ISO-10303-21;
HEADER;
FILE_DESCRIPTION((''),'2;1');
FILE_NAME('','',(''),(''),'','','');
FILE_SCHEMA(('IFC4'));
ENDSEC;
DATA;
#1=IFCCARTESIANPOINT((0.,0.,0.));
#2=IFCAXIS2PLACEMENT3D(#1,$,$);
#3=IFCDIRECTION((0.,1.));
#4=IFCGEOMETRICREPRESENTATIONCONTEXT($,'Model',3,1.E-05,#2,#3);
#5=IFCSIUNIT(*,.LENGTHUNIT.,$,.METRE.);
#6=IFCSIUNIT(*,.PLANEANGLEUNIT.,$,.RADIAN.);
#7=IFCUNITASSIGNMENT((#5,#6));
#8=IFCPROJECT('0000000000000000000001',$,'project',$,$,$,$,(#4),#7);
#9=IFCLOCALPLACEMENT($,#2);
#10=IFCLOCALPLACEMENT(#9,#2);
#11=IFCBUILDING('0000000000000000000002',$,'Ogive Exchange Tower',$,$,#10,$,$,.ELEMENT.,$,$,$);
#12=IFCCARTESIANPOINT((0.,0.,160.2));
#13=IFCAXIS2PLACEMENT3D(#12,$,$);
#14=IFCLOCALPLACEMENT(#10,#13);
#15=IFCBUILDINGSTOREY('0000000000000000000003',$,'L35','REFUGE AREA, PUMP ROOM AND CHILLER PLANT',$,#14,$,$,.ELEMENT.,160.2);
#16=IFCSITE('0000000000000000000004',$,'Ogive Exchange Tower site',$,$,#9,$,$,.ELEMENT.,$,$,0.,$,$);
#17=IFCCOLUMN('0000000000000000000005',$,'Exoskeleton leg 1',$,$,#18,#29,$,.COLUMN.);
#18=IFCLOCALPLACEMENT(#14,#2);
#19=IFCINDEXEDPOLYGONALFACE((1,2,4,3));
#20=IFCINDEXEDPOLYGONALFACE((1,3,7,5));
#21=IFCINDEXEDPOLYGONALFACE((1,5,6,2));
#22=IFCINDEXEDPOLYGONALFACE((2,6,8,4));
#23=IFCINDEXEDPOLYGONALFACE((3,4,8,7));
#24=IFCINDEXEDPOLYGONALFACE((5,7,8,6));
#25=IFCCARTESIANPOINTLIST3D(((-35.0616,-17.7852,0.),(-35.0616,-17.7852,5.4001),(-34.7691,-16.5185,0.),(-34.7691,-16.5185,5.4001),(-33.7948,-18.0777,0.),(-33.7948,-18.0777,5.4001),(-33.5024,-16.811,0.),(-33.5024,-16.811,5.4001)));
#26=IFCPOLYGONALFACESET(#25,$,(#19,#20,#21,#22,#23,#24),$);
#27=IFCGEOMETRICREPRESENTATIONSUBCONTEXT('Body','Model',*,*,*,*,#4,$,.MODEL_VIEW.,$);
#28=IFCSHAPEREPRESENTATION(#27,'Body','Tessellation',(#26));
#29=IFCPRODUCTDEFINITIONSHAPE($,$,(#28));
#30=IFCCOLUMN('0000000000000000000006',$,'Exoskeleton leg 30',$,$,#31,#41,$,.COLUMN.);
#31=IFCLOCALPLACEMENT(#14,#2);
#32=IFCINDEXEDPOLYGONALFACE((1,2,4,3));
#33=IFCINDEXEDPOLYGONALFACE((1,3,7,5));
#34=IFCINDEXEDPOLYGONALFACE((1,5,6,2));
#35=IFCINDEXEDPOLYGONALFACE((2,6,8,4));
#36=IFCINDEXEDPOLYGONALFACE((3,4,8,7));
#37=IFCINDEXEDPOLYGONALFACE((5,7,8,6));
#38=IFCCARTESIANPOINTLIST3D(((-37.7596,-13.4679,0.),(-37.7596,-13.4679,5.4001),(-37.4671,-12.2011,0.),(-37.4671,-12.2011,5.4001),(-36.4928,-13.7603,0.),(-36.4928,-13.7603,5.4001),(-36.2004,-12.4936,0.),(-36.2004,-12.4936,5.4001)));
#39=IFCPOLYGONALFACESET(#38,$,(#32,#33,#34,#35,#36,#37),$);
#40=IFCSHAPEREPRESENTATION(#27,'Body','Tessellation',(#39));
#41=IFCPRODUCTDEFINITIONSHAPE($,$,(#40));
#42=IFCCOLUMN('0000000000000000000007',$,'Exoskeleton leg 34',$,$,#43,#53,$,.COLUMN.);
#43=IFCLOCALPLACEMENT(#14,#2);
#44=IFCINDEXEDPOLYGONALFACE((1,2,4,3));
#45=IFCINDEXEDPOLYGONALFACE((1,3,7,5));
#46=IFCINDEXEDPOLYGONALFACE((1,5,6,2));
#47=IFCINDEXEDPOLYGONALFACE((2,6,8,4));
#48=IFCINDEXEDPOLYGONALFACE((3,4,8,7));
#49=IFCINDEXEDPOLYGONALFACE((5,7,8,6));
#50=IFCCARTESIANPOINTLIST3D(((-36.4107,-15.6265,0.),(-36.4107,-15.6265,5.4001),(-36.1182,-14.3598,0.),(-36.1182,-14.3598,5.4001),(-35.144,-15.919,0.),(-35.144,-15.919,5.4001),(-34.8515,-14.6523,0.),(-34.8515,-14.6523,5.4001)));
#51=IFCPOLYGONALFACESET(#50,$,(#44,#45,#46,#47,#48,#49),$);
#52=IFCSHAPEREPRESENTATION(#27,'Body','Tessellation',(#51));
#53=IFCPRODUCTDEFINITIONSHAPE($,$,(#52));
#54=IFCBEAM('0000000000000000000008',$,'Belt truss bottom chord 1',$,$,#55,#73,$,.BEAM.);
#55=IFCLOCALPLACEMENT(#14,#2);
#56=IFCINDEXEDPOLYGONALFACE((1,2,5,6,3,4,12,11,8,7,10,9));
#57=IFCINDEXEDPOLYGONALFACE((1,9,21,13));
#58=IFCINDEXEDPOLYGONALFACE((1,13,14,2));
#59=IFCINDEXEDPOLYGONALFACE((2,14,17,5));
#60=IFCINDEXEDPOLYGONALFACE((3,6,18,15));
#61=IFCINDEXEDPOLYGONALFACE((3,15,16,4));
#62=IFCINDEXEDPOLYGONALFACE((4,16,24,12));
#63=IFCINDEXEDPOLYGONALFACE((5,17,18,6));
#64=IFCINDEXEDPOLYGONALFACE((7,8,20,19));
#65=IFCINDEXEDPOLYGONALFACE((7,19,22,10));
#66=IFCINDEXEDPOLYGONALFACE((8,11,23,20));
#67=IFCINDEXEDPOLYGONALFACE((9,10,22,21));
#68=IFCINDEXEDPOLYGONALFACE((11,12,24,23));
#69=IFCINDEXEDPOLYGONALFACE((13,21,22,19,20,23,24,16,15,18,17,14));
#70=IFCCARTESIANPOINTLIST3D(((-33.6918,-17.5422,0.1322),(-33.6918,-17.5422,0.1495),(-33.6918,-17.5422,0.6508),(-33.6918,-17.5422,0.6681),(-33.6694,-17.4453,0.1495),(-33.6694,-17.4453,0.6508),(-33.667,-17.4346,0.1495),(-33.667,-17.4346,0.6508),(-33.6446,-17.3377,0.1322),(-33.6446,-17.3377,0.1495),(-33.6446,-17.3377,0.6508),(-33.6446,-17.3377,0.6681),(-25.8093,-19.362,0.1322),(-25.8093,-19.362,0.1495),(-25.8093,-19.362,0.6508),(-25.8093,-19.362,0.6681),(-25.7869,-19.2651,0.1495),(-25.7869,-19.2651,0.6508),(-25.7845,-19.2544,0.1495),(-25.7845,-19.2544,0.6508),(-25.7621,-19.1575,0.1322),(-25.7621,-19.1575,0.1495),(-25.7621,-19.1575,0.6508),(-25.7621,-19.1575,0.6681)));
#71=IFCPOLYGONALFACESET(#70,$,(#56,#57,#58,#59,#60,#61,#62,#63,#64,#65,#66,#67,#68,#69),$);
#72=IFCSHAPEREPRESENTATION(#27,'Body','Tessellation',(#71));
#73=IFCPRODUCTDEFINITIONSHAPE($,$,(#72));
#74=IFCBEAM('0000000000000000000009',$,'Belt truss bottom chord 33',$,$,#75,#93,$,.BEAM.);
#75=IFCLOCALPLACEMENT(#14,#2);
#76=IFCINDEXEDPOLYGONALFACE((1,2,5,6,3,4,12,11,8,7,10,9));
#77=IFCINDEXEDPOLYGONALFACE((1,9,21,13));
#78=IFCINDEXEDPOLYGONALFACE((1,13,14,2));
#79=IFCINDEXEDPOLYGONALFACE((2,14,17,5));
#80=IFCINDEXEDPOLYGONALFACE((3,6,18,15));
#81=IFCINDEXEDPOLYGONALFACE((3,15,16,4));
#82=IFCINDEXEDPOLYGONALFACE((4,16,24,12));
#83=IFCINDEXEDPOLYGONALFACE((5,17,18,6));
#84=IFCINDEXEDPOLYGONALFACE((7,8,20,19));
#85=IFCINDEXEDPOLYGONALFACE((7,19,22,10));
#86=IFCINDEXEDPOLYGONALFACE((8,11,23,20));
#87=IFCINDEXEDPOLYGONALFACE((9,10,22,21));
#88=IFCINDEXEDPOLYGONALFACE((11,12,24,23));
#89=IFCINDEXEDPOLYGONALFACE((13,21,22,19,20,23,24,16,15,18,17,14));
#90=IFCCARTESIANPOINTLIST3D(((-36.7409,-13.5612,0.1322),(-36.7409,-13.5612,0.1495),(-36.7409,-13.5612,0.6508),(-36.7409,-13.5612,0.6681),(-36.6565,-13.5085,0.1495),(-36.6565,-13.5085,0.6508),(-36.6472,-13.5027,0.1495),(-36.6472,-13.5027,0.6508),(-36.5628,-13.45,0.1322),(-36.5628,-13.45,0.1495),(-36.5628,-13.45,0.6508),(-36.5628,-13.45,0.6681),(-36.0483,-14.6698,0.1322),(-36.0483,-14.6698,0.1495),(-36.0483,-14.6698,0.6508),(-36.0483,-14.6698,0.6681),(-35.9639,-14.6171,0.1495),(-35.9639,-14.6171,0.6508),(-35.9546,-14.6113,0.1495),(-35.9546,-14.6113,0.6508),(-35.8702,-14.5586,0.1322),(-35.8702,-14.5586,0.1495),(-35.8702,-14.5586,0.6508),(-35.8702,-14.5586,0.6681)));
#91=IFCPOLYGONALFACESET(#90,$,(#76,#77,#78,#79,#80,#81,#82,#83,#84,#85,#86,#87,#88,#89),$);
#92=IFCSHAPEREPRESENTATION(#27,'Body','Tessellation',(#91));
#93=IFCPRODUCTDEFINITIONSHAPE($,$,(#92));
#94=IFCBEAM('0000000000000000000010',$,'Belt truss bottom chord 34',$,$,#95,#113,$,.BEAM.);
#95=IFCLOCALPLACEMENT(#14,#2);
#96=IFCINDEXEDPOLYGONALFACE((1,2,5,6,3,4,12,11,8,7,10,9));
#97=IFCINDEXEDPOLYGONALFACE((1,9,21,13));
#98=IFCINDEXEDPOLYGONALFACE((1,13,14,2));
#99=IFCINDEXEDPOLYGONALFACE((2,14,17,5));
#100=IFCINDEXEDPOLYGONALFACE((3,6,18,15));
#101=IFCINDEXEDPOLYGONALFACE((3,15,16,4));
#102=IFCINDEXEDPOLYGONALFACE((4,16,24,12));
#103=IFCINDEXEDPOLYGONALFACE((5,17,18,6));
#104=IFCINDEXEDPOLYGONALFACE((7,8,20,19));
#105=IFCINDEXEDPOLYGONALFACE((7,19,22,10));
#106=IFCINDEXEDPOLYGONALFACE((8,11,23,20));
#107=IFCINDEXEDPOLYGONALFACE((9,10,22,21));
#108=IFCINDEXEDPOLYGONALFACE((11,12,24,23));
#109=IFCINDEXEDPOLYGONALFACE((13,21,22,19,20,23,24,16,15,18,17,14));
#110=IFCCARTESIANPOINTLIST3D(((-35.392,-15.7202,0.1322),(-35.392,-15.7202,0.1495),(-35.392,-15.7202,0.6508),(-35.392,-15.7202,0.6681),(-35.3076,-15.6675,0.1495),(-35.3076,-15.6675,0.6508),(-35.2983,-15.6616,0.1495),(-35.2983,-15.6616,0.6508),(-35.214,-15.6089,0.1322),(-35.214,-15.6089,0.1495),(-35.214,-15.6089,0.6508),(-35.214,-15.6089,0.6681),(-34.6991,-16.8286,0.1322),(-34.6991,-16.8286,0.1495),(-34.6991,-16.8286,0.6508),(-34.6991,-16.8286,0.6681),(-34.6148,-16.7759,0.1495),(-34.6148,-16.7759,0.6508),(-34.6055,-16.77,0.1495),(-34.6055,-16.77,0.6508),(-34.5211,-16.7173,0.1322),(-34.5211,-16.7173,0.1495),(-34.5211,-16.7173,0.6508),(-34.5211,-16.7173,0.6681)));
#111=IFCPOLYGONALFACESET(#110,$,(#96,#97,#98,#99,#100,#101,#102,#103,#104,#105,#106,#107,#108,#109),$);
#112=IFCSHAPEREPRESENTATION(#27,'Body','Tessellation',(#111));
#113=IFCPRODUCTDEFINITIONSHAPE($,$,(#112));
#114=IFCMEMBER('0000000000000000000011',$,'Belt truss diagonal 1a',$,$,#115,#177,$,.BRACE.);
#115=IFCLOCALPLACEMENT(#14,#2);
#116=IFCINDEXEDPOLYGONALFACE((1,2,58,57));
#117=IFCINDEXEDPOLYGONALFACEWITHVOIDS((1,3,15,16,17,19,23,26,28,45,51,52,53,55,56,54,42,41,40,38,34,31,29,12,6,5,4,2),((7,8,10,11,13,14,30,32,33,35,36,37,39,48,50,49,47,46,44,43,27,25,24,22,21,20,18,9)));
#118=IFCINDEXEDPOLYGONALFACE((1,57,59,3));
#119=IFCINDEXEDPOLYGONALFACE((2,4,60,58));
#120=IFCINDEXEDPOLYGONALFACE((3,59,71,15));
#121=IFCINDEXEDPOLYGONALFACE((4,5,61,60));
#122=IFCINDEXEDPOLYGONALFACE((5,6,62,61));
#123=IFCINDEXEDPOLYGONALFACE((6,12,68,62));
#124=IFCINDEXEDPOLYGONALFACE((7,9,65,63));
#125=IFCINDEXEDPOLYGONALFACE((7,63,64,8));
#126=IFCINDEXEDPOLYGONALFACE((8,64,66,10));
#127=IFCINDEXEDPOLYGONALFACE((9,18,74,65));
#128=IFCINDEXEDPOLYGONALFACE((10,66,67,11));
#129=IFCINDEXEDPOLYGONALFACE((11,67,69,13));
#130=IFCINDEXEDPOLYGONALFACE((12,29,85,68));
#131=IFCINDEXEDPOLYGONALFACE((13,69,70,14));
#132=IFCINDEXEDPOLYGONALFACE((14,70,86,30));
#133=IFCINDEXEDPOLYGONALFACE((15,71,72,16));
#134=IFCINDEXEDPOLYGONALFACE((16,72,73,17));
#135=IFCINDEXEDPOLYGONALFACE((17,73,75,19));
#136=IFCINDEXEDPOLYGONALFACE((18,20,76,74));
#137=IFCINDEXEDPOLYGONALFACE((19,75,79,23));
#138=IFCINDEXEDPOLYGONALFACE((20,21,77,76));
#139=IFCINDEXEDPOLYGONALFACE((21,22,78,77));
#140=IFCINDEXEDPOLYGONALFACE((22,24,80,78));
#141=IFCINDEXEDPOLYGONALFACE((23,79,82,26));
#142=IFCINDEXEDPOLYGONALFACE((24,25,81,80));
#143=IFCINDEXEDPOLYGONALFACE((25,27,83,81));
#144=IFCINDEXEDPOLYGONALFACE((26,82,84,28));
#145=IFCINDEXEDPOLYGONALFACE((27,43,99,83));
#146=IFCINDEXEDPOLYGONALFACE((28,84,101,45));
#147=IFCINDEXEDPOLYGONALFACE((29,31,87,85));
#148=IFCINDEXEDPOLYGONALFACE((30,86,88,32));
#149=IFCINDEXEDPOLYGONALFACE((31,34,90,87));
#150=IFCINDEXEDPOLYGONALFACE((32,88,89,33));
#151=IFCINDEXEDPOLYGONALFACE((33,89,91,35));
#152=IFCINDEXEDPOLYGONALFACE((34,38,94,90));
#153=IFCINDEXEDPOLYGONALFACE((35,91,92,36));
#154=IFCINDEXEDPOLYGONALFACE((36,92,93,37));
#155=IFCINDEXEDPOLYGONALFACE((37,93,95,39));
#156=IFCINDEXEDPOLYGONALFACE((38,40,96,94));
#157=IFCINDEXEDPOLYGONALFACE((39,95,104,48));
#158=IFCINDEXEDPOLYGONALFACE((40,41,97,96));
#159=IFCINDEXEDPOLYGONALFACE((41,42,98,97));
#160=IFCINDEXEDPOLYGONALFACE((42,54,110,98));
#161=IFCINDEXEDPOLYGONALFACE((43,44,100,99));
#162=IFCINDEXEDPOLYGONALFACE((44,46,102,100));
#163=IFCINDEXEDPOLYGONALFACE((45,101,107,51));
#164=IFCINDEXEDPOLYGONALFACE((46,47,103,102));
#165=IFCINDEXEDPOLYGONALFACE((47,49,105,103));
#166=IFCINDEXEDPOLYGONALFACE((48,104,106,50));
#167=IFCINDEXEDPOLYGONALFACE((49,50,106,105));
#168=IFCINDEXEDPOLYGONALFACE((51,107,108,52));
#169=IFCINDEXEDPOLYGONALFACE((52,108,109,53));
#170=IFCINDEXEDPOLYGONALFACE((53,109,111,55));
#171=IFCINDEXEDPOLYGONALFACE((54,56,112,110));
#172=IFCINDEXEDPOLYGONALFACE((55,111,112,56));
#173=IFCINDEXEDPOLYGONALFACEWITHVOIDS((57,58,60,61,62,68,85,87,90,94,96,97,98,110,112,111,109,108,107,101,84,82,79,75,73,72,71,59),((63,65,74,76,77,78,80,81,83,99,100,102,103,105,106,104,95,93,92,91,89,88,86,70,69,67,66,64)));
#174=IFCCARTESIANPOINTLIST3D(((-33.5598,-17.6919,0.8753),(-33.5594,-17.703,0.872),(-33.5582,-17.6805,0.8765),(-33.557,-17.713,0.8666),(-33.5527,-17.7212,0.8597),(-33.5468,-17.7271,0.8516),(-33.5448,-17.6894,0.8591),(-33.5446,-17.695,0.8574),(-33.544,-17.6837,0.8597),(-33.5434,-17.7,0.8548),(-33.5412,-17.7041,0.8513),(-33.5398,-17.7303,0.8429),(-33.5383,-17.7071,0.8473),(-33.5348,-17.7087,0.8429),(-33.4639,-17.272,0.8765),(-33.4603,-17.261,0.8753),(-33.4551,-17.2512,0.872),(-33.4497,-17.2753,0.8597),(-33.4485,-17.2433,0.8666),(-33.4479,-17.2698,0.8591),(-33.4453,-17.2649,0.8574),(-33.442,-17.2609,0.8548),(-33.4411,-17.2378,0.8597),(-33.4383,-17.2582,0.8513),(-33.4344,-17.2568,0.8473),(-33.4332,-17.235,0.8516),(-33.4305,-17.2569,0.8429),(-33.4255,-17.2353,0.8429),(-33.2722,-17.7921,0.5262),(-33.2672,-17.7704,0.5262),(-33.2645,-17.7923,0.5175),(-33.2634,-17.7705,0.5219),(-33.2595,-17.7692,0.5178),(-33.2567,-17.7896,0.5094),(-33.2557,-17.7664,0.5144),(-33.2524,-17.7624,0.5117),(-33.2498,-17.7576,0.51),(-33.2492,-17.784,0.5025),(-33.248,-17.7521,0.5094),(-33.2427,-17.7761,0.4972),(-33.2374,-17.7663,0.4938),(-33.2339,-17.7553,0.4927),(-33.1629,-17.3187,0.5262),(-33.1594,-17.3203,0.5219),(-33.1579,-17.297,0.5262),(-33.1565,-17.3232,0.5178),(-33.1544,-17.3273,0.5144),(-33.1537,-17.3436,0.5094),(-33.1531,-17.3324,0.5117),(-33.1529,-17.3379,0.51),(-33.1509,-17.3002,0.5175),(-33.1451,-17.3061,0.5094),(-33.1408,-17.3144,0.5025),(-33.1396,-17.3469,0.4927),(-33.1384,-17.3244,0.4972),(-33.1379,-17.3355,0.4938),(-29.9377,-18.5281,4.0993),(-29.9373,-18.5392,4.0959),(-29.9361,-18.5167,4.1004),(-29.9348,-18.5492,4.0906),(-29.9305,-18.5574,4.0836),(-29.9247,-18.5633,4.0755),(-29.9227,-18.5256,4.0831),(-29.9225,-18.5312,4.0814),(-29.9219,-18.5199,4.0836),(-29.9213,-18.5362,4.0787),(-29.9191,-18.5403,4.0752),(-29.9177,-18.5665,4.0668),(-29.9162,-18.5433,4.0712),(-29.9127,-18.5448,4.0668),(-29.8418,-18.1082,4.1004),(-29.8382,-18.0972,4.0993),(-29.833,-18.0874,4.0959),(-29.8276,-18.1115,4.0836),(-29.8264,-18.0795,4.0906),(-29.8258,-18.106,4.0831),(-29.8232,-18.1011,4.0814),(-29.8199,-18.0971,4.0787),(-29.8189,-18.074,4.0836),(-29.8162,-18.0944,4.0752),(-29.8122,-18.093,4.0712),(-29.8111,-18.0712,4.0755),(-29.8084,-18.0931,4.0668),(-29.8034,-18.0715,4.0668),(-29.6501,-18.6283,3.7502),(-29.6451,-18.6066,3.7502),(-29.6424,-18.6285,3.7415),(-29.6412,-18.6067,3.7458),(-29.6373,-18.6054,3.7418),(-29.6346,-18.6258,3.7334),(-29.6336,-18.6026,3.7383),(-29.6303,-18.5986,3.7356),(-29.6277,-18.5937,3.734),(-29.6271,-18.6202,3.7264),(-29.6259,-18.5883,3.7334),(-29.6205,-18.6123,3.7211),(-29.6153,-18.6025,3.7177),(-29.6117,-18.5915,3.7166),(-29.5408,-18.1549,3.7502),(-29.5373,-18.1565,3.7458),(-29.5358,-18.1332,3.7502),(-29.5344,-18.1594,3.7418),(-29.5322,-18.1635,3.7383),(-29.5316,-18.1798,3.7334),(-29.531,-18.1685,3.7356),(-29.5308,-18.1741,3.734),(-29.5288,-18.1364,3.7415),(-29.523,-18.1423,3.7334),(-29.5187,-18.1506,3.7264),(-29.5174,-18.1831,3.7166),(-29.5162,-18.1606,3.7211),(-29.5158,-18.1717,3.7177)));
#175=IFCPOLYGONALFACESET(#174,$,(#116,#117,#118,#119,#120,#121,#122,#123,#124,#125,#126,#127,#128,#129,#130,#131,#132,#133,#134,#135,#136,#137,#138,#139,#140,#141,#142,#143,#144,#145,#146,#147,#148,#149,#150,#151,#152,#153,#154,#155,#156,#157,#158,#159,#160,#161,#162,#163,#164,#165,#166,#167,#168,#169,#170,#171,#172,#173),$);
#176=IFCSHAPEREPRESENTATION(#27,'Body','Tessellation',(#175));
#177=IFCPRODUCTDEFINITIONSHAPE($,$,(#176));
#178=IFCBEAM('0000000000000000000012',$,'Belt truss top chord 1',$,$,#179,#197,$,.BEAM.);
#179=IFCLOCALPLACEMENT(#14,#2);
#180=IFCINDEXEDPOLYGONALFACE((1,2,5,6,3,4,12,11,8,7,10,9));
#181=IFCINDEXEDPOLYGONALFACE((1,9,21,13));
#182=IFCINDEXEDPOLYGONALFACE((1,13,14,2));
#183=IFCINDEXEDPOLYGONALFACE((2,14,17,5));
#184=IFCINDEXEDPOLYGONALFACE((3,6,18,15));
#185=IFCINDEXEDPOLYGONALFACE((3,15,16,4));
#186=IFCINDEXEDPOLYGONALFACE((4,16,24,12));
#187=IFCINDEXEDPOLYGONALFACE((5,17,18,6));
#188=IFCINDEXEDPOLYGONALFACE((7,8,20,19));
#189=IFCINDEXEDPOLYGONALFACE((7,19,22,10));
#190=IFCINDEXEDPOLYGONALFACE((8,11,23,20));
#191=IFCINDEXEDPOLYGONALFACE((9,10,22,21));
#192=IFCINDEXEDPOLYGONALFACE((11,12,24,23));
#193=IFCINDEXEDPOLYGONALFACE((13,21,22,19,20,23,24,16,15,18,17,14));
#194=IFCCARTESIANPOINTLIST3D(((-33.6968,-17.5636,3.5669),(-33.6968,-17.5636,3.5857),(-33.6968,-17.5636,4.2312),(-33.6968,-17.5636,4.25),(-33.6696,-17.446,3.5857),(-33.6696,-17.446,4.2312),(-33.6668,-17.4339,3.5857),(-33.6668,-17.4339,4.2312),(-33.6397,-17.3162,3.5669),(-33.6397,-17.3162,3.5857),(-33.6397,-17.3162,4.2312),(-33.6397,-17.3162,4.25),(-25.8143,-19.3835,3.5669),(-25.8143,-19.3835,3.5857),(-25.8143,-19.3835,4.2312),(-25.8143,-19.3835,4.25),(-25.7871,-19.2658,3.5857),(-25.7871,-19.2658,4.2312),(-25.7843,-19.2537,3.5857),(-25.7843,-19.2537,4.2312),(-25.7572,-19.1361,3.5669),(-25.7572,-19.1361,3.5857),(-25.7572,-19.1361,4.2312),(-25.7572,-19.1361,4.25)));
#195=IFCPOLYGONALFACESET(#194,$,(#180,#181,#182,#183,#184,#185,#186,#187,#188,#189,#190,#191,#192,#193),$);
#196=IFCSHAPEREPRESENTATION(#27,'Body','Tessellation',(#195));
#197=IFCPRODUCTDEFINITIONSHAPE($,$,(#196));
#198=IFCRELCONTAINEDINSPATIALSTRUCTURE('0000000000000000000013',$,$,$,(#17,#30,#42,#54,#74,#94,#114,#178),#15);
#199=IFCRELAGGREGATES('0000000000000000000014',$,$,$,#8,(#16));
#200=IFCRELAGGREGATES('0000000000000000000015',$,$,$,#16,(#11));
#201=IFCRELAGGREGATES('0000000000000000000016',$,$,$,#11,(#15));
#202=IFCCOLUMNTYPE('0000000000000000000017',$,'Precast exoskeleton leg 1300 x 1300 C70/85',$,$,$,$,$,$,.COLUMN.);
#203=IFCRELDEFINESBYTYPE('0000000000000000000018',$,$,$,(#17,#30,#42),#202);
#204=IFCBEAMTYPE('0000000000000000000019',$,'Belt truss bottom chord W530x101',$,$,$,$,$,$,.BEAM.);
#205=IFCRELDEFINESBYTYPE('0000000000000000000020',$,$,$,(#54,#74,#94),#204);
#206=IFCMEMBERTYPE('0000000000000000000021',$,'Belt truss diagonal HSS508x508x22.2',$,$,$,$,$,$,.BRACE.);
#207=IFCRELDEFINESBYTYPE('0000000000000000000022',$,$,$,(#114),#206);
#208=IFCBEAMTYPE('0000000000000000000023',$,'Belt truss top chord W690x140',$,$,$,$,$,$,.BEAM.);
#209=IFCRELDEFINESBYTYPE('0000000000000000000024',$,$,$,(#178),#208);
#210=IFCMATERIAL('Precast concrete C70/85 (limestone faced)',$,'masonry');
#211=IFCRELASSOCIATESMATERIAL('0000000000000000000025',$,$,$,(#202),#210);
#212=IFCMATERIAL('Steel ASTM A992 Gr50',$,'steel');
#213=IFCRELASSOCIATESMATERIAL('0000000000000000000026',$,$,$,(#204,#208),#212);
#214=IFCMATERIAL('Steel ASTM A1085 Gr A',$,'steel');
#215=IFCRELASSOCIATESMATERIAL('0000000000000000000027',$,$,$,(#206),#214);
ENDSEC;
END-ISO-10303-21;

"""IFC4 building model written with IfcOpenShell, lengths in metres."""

from ifc_helpers import new_model, si_unit, direction, frame, origin, origin_2d, place, context, subcontext, project, spatial, rectangle, hollow_rectangle, i_section, extrude, material, material_profile, profile_set, type_object, element, save


model = new_model("IFC4")

# Units and contexts
model_context = context("Model", 3, precision=1e-05, world=origin(), true_north=direction((0.0, 1.0)))
body_context = subcontext(model_context, "Body", "Model", "MODEL_VIEW")
ifc_project = project(units=[si_unit("LENGTHUNIT", "METRE"), si_unit("PLANEANGLEUNIT", "RADIAN")], contexts=[model_context])

# Site, building, storey
site_placement = place(None, origin())
site = spatial("IfcSite", under=ifc_project, at=site_placement, Name="Ogive Exchange Tower site", CompositionType="ELEMENT", RefElevation=0.0)
building_placement = place(site_placement, origin())
building = spatial("IfcBuilding", under=site, at=building_placement, Name="Ogive Exchange Tower", CompositionType="ELEMENT")
storey_placement = place(building_placement, frame((0.0, 0.0, 160.2)))
storey = spatial("IfcBuildingStorey", under=building, at=storey_placement, Name="L35", Description="REFUGE AREA, PUMP ROOM AND CHILLER PLANT", CompositionType="ELEMENT", Elevation=160.2)

# Columns
ifc_material_1 = material(Name="Precast concrete C70/85 (limestone faced)", Category="masonry")
ifc_material_profile_1 = material_profile(ifc_material_1, rectangle(XDim=1.3, YDim=1.3, at=origin_2d()), Name="1300 x 1300")
ifc_profile_set_1 = profile_set([ifc_material_profile_1], Name="Precast concrete C70/85 (limestone faced)")
column_type = type_object("IfcColumnType", Name="Precast exoskeleton leg 1300 x 1300 C70/85", PredefinedType="COLUMN", material=ifc_profile_set_1)
for number, where, z_axis, x_axis, name in (
    (1, (-34.282, -17.2981, 0.0), (0.0, 0.0, 1.0), (0.97437, -0.224951, 0.0), "Exoskeleton leg 1"),
    (2, (-36.98, -12.9807, 0.0), (0.0, 0.0, 1.0), (0.97437, -0.224951, 0.0), "Exoskeleton leg 30"),
    (3, (-35.6311, -15.1394, 0.0), (0.0, 0.0, 1.0), (0.97437, -0.224951, 0.0), "Exoskeleton leg 34"),
):
    element("IfcColumn", number, at=place(storey_placement, frame(where, z_axis=z_axis, x_axis=x_axis)), inside=storey, type_object=column_type, Name=name, PredefinedType="COLUMN", context=body_context, shape_type="SweptSolid", body=[
        extrude(rectangle(XDim=1.3, YDim=1.3, at=origin_2d()), origin(), (0.0, 0.0, 1.0), 5.4001),
    ])

# Beams
ifc_material_2 = material(Name="Steel ASTM A992 Gr50", Category="steel")
ifc_material_profile_2 = material_profile(ifc_material_2, i_section(OverallWidth=0.21, OverallDepth=0.5359, WebThickness=0.011, FlangeThickness=0.0173, at=origin_2d()), Name="W530x101")
ifc_profile_set_2 = profile_set([ifc_material_profile_2], Name="Steel ASTM A992 Gr50")
beam_type_1 = type_object("IfcBeamType", Name="Belt truss bottom chord W530x101", PredefinedType="BEAM", material=ifc_profile_set_2)
beam_1_placement = place(storey_placement, frame((-33.6682, -17.4399, 0.4001), z_axis=(0.97437, -0.22495, 0.0), x_axis=(0.22495, 0.97437, 0.0)))
element("IfcBeam", 4, at=beam_1_placement, inside=storey, type_object=beam_type_1, Name="Belt truss bottom chord 1", PredefinedType="BEAM", context=body_context, shape_type="SweptSolid", body=[
    extrude(i_section(OverallWidth=0.21, OverallDepth=0.5359, WebThickness=0.011, FlangeThickness=0.0173, at=origin_2d()), origin(), (0.0, 0.0, 1.0), 8.0898),
])
for number, where, z_axis, x_axis, name in (
    (5, (-36.6519, -13.5056, 0.4001), (0.529848, -0.848093, 0.0), (0.848093, 0.529848, 0.0), "Belt truss bottom chord 33"),
    (6, (-35.303, -15.6646, 0.4001), (0.530066, -0.847956, 0.0), (0.847956, 0.530066, 0.0), "Belt truss bottom chord 34"),
):
    element("IfcBeam", number, at=place(storey_placement, frame(where, z_axis=z_axis, x_axis=x_axis)), inside=storey, type_object=beam_type_1, Name=name, PredefinedType="BEAM", context=body_context, shape_type="SweptSolid", body=[
        extrude(i_section(OverallWidth=0.21, OverallDepth=0.5359, WebThickness=0.011, FlangeThickness=0.0173, at=origin_2d()), origin(), (0.0, 0.0, 1.0), 1.3071),
    ])

# Member
ifc_material_3 = material(Name="Steel ASTM A1085 Gr A", Category="steel")
ifc_material_profile_3 = material_profile(ifc_material_3, hollow_rectangle(XDim=0.5081, YDim=0.5081, WallThickness=0.0222, InnerFilletRadius=0.0222, OuterFilletRadius=0.0444, at=origin_2d()), Name="HSS508x508x22.2")
ifc_profile_set_3 = profile_set([ifc_material_profile_3], Name="Steel ASTM A1085 Gr A")
member_type = type_object("IfcMemberType", Name="Belt truss diagonal HSS508x508x22.2", PredefinedType="BRACE", material=ifc_profile_set_3)
member_placement = place(storey_placement, frame((-33.3489, -17.5137, 0.6846), z_axis=(0.736108, -0.169936, 0.655184), x_axis=(0.224941, 0.974372, 0.0)))
element("IfcMember", 7, at=member_placement, inside=storey, type_object=member_type, Name="Belt truss diagonal 1a", PredefinedType="BRACE", context=body_context, shape_type="SweptSolid", body=[
    extrude(hollow_rectangle(XDim=0.5081, YDim=0.5081, WallThickness=0.0222, InnerFilletRadius=0.0222, OuterFilletRadius=0.0444, at=origin_2d()), origin(), (0.0, 0.0, 1.0), 4.9207),
])

# Beam
ifc_material_profile_4 = material_profile(ifc_material_2, i_section(OverallWidth=0.2539, OverallDepth=0.6831, WebThickness=0.0125, FlangeThickness=0.0188, at=origin_2d()), Name="W690x140")
ifc_profile_set_4 = profile_set([ifc_material_profile_4], Name="Steel ASTM A992 Gr50")
beam_type_2 = type_object("IfcBeamType", Name="Belt truss top chord W690x140", PredefinedType="BEAM", material=ifc_profile_set_4)
beam_2_placement = place(storey_placement, frame((-33.6682, -17.4399, 3.9084), z_axis=(0.97437, -0.22495, 0.0), x_axis=(0.22495, 0.97437, 0.0)))
element("IfcBeam", 8, at=beam_2_placement, inside=storey, type_object=beam_type_2, Name="Belt truss top chord 1", PredefinedType="BEAM", context=body_context, shape_type="SweptSolid", body=[
    extrude(i_section(OverallWidth=0.2539, OverallDepth=0.6831, WebThickness=0.0125, FlangeThickness=0.0188, at=origin_2d()), origin(), (0.0, 0.0, 1.0), 8.0898),
])

save(model, "model.ifc")
